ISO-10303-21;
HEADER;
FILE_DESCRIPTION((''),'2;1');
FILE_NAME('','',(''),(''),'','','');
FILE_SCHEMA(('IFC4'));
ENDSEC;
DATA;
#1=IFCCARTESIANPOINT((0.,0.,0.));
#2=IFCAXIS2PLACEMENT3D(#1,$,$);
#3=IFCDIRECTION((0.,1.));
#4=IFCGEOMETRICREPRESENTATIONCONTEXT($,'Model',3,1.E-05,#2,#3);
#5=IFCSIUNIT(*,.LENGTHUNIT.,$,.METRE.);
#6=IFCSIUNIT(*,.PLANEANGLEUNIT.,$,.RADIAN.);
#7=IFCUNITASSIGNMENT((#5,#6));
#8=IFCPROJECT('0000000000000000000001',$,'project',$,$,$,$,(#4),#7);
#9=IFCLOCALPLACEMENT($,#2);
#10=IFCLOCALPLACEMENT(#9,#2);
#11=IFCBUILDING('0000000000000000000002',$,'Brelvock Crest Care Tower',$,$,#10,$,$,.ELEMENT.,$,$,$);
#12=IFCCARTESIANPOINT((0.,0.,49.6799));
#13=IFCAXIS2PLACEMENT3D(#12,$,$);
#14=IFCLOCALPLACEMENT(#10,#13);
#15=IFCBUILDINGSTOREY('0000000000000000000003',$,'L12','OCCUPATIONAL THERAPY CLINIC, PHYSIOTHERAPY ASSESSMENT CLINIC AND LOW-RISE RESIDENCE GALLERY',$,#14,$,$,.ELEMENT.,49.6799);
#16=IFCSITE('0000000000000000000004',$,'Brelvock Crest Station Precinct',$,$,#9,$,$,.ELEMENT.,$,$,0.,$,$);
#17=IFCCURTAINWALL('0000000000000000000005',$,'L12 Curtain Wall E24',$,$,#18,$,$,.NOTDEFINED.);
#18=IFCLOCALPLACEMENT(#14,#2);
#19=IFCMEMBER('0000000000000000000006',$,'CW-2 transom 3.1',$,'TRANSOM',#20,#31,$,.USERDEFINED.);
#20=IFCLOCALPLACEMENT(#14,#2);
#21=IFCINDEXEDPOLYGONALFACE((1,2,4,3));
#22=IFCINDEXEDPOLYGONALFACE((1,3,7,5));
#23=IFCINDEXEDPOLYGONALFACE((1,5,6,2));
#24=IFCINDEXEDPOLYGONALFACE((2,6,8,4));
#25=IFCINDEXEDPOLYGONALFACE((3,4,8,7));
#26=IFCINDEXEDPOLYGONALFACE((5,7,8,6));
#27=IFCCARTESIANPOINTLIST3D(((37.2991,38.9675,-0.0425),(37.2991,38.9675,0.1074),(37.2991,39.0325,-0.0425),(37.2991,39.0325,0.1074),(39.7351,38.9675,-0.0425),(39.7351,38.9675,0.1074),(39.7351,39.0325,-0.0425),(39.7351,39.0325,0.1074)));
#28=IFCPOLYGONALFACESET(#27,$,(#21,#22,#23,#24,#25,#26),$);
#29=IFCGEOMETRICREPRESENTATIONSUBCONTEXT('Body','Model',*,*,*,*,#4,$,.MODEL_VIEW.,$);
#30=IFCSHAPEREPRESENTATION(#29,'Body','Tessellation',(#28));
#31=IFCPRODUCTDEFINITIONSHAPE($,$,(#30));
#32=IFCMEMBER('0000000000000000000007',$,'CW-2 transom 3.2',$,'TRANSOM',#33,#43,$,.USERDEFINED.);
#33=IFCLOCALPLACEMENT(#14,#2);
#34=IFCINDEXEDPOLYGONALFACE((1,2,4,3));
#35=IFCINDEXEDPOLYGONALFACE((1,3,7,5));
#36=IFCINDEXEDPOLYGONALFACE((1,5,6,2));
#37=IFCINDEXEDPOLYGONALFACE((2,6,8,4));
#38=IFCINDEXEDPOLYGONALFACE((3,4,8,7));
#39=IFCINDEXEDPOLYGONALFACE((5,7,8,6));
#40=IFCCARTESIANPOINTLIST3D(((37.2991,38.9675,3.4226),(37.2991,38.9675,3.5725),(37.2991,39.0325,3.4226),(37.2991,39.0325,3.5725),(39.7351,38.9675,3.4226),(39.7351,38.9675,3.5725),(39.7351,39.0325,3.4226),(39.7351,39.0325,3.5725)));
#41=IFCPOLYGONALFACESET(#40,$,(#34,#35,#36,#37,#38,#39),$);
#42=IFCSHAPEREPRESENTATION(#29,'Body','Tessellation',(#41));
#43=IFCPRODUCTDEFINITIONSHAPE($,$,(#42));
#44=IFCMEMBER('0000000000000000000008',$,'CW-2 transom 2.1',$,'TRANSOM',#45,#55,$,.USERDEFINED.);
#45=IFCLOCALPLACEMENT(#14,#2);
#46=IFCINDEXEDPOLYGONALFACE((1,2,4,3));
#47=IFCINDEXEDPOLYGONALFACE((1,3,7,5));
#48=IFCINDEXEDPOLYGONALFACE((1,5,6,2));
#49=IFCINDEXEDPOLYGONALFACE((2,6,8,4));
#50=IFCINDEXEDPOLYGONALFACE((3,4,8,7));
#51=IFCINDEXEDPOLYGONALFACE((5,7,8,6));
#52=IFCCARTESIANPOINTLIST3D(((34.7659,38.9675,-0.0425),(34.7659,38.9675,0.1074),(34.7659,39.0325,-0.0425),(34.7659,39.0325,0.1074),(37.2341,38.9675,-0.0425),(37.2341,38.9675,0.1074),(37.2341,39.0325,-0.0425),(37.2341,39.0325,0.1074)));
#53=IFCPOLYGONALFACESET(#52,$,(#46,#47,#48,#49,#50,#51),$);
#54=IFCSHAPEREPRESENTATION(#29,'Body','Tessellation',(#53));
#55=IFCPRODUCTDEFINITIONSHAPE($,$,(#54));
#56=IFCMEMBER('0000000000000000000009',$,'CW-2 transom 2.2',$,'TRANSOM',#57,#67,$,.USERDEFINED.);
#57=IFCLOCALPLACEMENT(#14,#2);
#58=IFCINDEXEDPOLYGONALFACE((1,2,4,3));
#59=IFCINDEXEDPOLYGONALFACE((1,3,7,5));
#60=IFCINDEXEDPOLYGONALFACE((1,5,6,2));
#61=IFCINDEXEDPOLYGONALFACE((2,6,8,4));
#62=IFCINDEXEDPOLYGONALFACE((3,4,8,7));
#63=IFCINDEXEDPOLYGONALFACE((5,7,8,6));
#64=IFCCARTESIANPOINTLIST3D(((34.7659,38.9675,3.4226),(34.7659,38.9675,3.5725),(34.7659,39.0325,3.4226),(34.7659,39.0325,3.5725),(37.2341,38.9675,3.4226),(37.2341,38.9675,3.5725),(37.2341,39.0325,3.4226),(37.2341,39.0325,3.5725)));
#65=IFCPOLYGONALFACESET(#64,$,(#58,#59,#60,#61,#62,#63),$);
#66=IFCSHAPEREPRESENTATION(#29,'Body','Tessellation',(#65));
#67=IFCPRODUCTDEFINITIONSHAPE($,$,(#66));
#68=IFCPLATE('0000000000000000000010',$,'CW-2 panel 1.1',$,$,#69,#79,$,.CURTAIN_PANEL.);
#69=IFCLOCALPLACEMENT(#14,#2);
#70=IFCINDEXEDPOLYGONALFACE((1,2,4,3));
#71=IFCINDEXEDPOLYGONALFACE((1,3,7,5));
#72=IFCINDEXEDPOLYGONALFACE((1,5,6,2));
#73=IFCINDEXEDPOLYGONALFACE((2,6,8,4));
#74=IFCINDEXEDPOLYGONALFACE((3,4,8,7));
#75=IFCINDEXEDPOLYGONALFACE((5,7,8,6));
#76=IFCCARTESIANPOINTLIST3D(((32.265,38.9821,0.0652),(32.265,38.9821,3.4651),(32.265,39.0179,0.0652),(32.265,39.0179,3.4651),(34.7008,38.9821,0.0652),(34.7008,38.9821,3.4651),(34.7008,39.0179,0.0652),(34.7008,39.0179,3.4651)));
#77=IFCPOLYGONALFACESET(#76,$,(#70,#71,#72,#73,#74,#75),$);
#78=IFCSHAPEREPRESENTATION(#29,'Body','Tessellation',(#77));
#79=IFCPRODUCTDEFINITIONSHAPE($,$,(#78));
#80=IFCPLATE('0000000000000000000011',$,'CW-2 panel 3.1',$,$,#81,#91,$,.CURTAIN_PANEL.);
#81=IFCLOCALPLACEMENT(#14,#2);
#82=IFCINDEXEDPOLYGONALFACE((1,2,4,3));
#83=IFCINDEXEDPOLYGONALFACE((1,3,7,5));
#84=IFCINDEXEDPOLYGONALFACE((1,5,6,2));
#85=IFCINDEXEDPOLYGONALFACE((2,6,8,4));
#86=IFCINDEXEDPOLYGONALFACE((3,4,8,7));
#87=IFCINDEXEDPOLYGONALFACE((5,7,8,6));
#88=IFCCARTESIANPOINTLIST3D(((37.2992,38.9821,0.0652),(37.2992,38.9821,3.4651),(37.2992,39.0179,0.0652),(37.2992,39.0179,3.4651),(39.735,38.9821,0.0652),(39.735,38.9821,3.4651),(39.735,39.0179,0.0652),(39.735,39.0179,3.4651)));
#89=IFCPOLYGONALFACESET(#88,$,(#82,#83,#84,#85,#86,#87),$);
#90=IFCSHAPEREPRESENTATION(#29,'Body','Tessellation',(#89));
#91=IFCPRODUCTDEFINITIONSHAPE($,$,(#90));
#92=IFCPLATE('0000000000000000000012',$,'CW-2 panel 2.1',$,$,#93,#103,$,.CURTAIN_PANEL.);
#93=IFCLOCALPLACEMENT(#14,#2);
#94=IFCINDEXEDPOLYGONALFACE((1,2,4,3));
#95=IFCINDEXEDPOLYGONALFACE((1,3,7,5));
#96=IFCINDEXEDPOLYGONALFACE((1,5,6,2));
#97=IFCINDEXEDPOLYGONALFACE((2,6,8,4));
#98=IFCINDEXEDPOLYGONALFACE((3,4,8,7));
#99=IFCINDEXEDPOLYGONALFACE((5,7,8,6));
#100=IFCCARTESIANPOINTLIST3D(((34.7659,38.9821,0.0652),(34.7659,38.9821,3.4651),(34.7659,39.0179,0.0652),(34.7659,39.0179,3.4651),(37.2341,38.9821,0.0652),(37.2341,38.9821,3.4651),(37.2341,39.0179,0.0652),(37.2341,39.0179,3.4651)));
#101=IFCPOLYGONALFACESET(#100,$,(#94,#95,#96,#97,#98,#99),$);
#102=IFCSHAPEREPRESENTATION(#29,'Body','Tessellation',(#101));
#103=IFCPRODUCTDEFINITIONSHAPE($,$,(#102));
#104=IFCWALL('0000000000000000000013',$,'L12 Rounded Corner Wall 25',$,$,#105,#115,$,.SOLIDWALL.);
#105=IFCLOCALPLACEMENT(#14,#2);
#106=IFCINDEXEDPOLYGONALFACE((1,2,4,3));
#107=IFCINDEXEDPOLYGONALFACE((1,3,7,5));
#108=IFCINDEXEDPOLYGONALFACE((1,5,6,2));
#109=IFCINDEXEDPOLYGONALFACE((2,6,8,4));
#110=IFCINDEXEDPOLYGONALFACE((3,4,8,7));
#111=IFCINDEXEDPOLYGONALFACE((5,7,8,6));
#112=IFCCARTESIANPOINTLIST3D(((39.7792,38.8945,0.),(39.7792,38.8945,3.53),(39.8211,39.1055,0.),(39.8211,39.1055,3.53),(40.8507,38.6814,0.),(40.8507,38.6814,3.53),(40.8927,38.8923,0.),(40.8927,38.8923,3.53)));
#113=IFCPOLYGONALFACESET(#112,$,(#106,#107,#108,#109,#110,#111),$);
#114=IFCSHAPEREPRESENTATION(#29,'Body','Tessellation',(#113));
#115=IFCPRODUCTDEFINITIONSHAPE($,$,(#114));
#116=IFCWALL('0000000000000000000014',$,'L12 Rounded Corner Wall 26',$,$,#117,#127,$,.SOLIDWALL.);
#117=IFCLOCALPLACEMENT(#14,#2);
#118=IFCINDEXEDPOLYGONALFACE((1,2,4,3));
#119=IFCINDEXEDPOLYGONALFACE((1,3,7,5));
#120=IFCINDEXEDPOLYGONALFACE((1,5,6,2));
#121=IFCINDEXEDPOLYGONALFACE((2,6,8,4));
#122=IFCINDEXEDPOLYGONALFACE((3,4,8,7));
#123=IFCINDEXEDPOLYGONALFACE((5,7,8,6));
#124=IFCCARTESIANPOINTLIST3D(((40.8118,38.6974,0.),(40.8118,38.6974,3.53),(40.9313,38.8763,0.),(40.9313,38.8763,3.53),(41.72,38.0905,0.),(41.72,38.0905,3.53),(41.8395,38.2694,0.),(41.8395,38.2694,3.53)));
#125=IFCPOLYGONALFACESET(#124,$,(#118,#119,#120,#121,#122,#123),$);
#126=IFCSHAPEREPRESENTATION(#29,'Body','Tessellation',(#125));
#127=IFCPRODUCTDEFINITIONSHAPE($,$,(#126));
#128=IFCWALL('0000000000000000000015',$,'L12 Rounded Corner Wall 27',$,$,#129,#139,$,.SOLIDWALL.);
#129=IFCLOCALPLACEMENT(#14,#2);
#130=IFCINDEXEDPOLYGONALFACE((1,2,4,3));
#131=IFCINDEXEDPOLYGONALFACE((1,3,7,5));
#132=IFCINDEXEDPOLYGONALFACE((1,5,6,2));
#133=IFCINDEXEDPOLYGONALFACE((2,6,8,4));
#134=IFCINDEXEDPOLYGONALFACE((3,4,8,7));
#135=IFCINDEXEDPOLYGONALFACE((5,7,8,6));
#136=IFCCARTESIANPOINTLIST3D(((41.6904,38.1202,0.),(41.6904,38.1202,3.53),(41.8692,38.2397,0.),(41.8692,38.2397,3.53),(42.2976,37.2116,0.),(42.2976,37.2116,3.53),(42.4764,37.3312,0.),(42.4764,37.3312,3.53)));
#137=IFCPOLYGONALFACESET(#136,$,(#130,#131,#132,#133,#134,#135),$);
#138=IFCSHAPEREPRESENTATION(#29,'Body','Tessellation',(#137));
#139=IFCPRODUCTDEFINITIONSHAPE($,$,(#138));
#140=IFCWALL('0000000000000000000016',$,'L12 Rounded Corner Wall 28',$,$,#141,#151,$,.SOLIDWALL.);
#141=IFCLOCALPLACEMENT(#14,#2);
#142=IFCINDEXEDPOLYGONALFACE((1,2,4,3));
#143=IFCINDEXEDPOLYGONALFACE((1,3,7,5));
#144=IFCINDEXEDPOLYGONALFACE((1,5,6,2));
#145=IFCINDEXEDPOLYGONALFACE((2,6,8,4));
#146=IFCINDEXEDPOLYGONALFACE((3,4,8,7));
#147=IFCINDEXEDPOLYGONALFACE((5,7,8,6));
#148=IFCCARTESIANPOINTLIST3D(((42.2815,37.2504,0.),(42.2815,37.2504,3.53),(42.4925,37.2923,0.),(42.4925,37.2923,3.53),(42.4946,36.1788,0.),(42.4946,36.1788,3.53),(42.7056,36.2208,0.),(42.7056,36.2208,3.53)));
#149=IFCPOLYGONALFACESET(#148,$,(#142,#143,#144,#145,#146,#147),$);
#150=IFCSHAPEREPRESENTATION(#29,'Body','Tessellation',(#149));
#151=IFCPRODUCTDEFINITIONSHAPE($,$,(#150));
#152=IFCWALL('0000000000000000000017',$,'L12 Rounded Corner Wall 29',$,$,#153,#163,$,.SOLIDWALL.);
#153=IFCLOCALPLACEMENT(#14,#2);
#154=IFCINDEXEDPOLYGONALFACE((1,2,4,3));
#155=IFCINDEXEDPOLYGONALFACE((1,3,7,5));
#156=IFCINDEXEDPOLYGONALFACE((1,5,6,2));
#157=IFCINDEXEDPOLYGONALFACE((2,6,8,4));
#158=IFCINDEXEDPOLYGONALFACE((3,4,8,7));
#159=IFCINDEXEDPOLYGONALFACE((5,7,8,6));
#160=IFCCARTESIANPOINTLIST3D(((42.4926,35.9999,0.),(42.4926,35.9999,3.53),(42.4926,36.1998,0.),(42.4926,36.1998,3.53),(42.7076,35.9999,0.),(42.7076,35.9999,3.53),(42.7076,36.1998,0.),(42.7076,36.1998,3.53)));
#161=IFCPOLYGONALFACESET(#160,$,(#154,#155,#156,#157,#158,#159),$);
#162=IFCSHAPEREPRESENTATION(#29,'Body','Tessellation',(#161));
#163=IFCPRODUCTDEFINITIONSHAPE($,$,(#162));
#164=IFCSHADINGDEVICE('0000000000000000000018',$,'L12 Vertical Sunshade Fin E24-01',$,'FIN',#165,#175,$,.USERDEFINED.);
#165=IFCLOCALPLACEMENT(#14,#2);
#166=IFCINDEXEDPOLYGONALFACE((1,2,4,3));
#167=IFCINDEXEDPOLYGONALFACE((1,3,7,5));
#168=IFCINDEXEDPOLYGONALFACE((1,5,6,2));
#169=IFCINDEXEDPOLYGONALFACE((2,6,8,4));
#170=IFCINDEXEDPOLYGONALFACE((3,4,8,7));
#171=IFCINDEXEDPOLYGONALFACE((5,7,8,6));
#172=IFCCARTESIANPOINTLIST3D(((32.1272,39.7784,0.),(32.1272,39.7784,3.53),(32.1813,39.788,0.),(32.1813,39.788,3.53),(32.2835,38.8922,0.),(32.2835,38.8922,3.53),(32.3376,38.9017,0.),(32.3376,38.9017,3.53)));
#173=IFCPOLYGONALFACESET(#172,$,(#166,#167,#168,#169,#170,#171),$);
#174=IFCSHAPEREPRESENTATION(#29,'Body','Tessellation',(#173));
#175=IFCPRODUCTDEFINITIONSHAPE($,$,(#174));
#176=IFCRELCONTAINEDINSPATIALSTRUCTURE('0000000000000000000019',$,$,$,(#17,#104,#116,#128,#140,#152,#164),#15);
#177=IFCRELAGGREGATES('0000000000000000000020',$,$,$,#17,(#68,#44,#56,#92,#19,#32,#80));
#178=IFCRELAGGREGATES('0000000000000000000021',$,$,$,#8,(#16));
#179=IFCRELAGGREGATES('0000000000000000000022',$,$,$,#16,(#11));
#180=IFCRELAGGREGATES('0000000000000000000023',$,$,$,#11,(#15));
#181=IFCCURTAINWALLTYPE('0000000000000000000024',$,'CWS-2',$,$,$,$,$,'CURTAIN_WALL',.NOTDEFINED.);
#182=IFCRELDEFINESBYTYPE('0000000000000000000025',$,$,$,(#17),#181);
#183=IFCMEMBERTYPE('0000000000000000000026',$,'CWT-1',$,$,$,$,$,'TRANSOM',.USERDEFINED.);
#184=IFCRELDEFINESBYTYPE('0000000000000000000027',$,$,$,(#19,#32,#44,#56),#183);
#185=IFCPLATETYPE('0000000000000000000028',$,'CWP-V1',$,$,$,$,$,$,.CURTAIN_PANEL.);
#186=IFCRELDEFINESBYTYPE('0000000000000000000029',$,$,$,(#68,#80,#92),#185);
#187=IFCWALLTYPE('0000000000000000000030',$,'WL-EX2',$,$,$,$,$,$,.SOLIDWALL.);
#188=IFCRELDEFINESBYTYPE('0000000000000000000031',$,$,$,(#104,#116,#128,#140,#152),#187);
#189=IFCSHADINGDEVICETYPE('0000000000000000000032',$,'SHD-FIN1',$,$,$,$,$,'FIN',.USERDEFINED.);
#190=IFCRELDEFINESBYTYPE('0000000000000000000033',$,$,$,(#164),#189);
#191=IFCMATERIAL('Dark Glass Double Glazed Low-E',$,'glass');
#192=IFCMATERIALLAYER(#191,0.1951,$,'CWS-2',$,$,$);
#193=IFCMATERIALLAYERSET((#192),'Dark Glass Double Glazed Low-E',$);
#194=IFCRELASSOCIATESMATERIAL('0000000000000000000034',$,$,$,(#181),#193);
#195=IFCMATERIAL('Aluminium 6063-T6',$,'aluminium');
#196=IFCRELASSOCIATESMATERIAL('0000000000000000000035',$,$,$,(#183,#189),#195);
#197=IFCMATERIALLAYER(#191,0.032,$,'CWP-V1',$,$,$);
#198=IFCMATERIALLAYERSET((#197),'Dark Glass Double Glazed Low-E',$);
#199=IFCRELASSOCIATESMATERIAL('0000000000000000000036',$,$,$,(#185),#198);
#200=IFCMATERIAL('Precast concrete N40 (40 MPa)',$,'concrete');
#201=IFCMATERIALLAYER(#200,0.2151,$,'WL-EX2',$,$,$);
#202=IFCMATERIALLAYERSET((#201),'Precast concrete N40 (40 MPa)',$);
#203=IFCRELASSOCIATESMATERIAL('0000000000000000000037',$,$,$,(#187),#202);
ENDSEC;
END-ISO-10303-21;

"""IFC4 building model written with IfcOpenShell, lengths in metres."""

from ifc_helpers import new_model, si_unit, direction, frame, frame_2d, origin, origin_2d, place, context, subcontext, project, spatial, rectangle, extrude, source, transform, mapped, material, layer, layer_set, material_profile, profile_set, type_object, element, aggregate, save


model = new_model("IFC4")

# Units and contexts
model_context = context("Model", 3, precision=1e-05, world=origin(), true_north=direction((0.0, 1.0)))
body_context = subcontext(model_context, "Body", "Model", "MODEL_VIEW")
ifc_project = project(units=[si_unit("LENGTHUNIT", "METRE"), si_unit("PLANEANGLEUNIT", "RADIAN")], contexts=[model_context])

# Site, building, storey
site_placement = place(None, origin())
site = spatial("IfcSite", under=ifc_project, at=site_placement, Name="Brelvock Crest Station Precinct", CompositionType="ELEMENT", RefElevation=0.0)
building_placement = place(site_placement, origin())
building = spatial("IfcBuilding", under=site, at=building_placement, Name="Brelvock Crest Care Tower", CompositionType="ELEMENT")
storey_placement = place(building_placement, frame((0.0, 0.0, 49.6799)))
storey = spatial("IfcBuildingStorey", under=building, at=storey_placement, Name="L12", Description="OCCUPATIONAL THERAPY CLINIC, PHYSIOTHERAPY ASSESSMENT CLINIC AND LOW-RISE RESIDENCE GALLERY", CompositionType="ELEMENT", Elevation=49.6799)

# Curtain wall
ifc_material_1 = material(Name="Dark Glass Double Glazed Low-E", Category="glass")
ifc_layer_1 = layer(ifc_material_1, 0.1951, Name="CWS-2")
ifc_layer_set_1 = layer_set([ifc_layer_1], Name="Dark Glass Double Glazed Low-E")
curtain_wall_type = type_object("IfcCurtainWallType", Name="CWS-2", ElementType="CURTAIN_WALL", PredefinedType="NOTDEFINED", material=ifc_layer_set_1)
curtain_wall_1_placement = place(storey_placement, origin())
curtain_wall_1 = element("IfcCurtainWall", 1, at=curtain_wall_1_placement, inside=storey, type_object=curtain_wall_type, Name="L12 Curtain Wall E24", PredefinedType="NOTDEFINED")
ifc_material_2 = material(Name="Aluminium 6063-T6", Category="aluminium")

# Members
ifc_material_profile_1 = material_profile(ifc_material_2, rectangle(XDim=0.0649, YDim=0.1499, at=origin_2d()), Name="ALU65x150")
ifc_profile_set_1 = profile_set([ifc_material_profile_1], Name="Aluminium 6063-T6")
member_type_1 = type_object("IfcMemberType", Name="CWT-1", ElementType="TRANSOM", PredefinedType="USERDEFINED", material=ifc_profile_set_1)
shared_shape_1 = source(origin(), body_context, "Body", "SweptSolid", [
    extrude(rectangle(XDim=0.0649, YDim=0.1499, at=origin_2d()), origin(), (0.0, 0.0, 1.0), 2.436),
])
member_1_placement = place(storey_placement, frame((37.2991, 39.0, 0.0325), z_axis=(1.0, 0.0, 0.0), x_axis=(0.0, 1.0, 0.0)))
member_1 = element("IfcMember", 2, at=member_1_placement, type_object=member_type_1, Name="CW-2 transom 3.1", ObjectType="TRANSOM", PredefinedType="USERDEFINED", context=body_context, shape_type="MappedRepresentation", body=[
    mapped(shared_shape_1, transform((0.0, 0.0, 0.0), x_axis=(1.0, 0.0, 0.0), y_axis=(0.0, 1.0, 0.0), z_axis=(0.0, 0.0, 1.0), scale=1.0)),
])
member_2_placement = place(storey_placement, frame((37.2991, 39.0, 3.4976), z_axis=(1.0, 0.0, 0.0), x_axis=(0.0, 1.0, 0.0)))
member_2 = element("IfcMember", 3, at=member_2_placement, type_object=member_type_1, Name="CW-2 transom 3.2", ObjectType="TRANSOM", PredefinedType="USERDEFINED", context=body_context, shape_type="MappedRepresentation", body=[
    mapped(shared_shape_1, transform((0.0, 0.0, 0.0), x_axis=(1.0, 0.0, 0.0), y_axis=(0.0, 1.0, 0.0), z_axis=(0.0, 0.0, 1.0), scale=1.0)),
])
shared_shape_2 = source(origin(), body_context, "Body", "SweptSolid", [
    extrude(rectangle(XDim=0.0649, YDim=0.1499, at=origin_2d()), origin(), (0.0, 0.0, 1.0), 2.4683),
])
member_3_placement = place(storey_placement, frame((34.7659, 39.0, 0.0325), z_axis=(1.0, 0.0, 0.0), x_axis=(0.0, 1.0, 0.0)))
member_3 = element("IfcMember", 4, at=member_3_placement, type_object=member_type_1, Name="CW-2 transom 2.1", ObjectType="TRANSOM", PredefinedType="USERDEFINED", context=body_context, shape_type="MappedRepresentation", body=[
    mapped(shared_shape_2, transform((0.0, 0.0, 0.0), x_axis=(1.0, 0.0, 0.0), y_axis=(0.0, 1.0, 0.0), z_axis=(0.0, 0.0, 1.0), scale=1.0)),
])
member_4_placement = place(storey_placement, frame((34.7659, 39.0, 3.4976), z_axis=(1.0, 0.0, 0.0), x_axis=(0.0, 1.0, 0.0)))
member_4 = element("IfcMember", 5, at=member_4_placement, type_object=member_type_1, Name="CW-2 transom 2.2", ObjectType="TRANSOM", PredefinedType="USERDEFINED", context=body_context, shape_type="MappedRepresentation", body=[
    mapped(shared_shape_2, transform((0.0, 0.0, 0.0), x_axis=(1.0, 0.0, 0.0), y_axis=(0.0, 1.0, 0.0), z_axis=(0.0, 0.0, 1.0), scale=1.0)),
])

# Plates
ifc_layer_2 = layer(ifc_material_1, 0.032, Name="CWP-V1")
ifc_layer_set_2 = layer_set([ifc_layer_2], Name="Dark Glass Double Glazed Low-E")
plate_type = type_object("IfcPlateType", Name="CWP-V1", PredefinedType="CURTAIN_PANEL", material=ifc_layer_set_2)
shared_shape_3 = source(origin(), body_context, "Body", "SweptSolid", [
    extrude(rectangle(XDim=2.4358, YDim=0.0359, at=origin_2d()), origin(), (0.0, 0.0, 1.0), 3.3999),
])
plate_1_placement = place(storey_placement, frame((33.4829, 39.0, 0.0652), z_axis=(0.0, 0.0, 1.0), x_axis=(1.0, 0.0, 0.0)))
plate_1 = element("IfcPlate", 6, at=plate_1_placement, type_object=plate_type, Name="CW-2 panel 1.1", PredefinedType="CURTAIN_PANEL", context=body_context, shape_type="MappedRepresentation", body=[
    mapped(shared_shape_3, transform((0.0, 0.0, 0.0), x_axis=(1.0, 0.0, 0.0), y_axis=(0.0, 1.0, 0.0), z_axis=(0.0, 0.0, 1.0), scale=1.0)),
])
plate_2_placement = place(storey_placement, frame((38.5171, 39.0, 0.0652), z_axis=(0.0, 0.0, 1.0), x_axis=(1.0, 0.0, 0.0)))
plate_2 = element("IfcPlate", 7, at=plate_2_placement, type_object=plate_type, Name="CW-2 panel 3.1", PredefinedType="CURTAIN_PANEL", context=body_context, shape_type="MappedRepresentation", body=[
    mapped(shared_shape_3, transform((0.0, 0.0, 0.0), x_axis=(1.0, 0.0, 0.0), y_axis=(0.0, 1.0, 0.0), z_axis=(0.0, 0.0, 1.0), scale=1.0)),
])
shared_shape_4 = source(origin(), body_context, "Body", "SweptSolid", [
    extrude(rectangle(XDim=2.4683, YDim=0.0359, at=origin_2d()), origin(), (0.0, 0.0, 1.0), 3.3999),
])
plate_3_placement = place(storey_placement, frame((36.0, 39.0, 0.0652), z_axis=(0.0, 0.0, 1.0), x_axis=(1.0, 0.0, 0.0)))
plate_3 = element("IfcPlate", 8, at=plate_3_placement, type_object=plate_type, Name="CW-2 panel 2.1", PredefinedType="CURTAIN_PANEL", context=body_context, shape_type="MappedRepresentation", body=[
    mapped(shared_shape_4, transform((0.0, 0.0, 0.0), x_axis=(1.0, 0.0, 0.0), y_axis=(0.0, 1.0, 0.0), z_axis=(0.0, 0.0, 1.0), scale=1.0)),
])
aggregate(curtain_wall_1, [plate_1, member_3, member_4, plate_3, member_1, member_2, plate_2])

# Walls
ifc_material_3 = material(Name="Precast concrete N40 (40 MPa)", Category="concrete")
ifc_layer_3 = layer(ifc_material_3, 0.2151, Name="WL-EX2")
ifc_layer_set_3 = layer_set([ifc_layer_3], Name="Precast concrete N40 (40 MPa)")
wall_type = type_object("IfcWallType", Name="WL-EX2", PredefinedType="SOLIDWALL", material=ifc_layer_set_3)
wall_1_placement = place(storey_placement, frame((39.8, 39.0, 0.0), z_axis=(0.0, 0.0, 1.0), x_axis=(0.980786, -0.195085, 0.0)))
element("IfcWall", 9, at=wall_1_placement, inside=storey, type_object=wall_type, Name="L12 Rounded Corner Wall 25", PredefinedType="SOLIDWALL", context=body_context, shape_type="SweptSolid", body=[
    extrude(rectangle(XDim=1.0925, YDim=0.2151, at=frame_2d((0.5464, 0.0))), origin(), (0.0, 0.0, 1.0), 3.53),
])
wall_2_placement = place(storey_placement, frame((40.8716, 38.7869, 0.0), z_axis=(0.0, 0.0, 1.0), x_axis=(0.831431, -0.555628, 0.0)))
element("IfcWall", 10, at=wall_2_placement, inside=storey, type_object=wall_type, Name="L12 Rounded Corner Wall 26", PredefinedType="SOLIDWALL", context=body_context, shape_type="SweptSolid", body=[
    extrude(rectangle(XDim=1.0923, YDim=0.2151, at=frame_2d((0.5461, 0.0))), origin(), (0.0, 0.0, 1.0), 3.53),
])
wall_3_placement = place(storey_placement, frame((41.7798, 38.1799, 0.0), z_axis=(0.0, 0.0, 1.0), x_axis=(0.555679, -0.831397, 0.0)))
element("IfcWall", 11, at=wall_3_placement, inside=storey, type_object=wall_type, Name="L12 Rounded Corner Wall 27", PredefinedType="SOLIDWALL", context=body_context, shape_type="SweptSolid", body=[
    extrude(rectangle(XDim=1.0928, YDim=0.2151, at=frame_2d((0.5464, 0.0))), origin(), (0.0, 0.0, 1.0), 3.53),
])
wall_4_placement = place(storey_placement, frame((42.387, 37.2715, 0.0), z_axis=(0.0, 0.0, 1.0), x_axis=(0.195085, -0.980786, 0.0)))
element("IfcWall", 12, at=wall_4_placement, inside=storey, type_object=wall_type, Name="L12 Rounded Corner Wall 28", PredefinedType="SOLIDWALL", context=body_context, shape_type="SweptSolid", body=[
    extrude(rectangle(XDim=1.0925, YDim=0.2151, at=frame_2d((0.5464, 0.0))), origin(), (0.0, 0.0, 1.0), 3.53),
])
wall_5_placement = place(storey_placement, frame((42.6001, 36.2, 0.0), z_axis=(0.0, 0.0, 1.0), x_axis=(0.0, -1.0, 0.0)))
element("IfcWall", 13, at=wall_5_placement, inside=storey, type_object=wall_type, Name="L12 Rounded Corner Wall 29", PredefinedType="SOLIDWALL", context=body_context, shape_type="SweptSolid", body=[
    extrude(rectangle(XDim=0.2, YDim=0.2151, at=frame_2d((0.1001, 0.0))), origin(), (0.0, 0.0, 1.0), 3.53),
])

# Shading device
ifc_material_profile_2 = material_profile(ifc_material_2, rectangle(XDim=0.0549, YDim=0.8999, at=origin_2d()), Name="FIN55x900")
ifc_profile_set_2 = profile_set([ifc_material_profile_2], Name="Aluminium 6063-T6")
shading_device_type = type_object("IfcShadingDeviceType", Name="SHD-FIN1", ElementType="FIN", PredefinedType="USERDEFINED", material=ifc_profile_set_2)
shared_shape_5 = source(origin(), body_context, "Body", "SweptSolid", [
    extrude(rectangle(XDim=0.0549, YDim=0.8999, at=origin_2d()), origin(), (0.0, 0.0, 1.0), 3.53),
])
for number, where, z_axis, x_axis, name in (
    (14, (32.2324, 39.3401, 0.0), (0.0, 0.0, 1.0), (0.984808, 0.173648, 0.0), "L12 Vertical Sunshade Fin E24-01"),
):
    element("IfcShadingDevice", number, at=place(storey_placement, frame(where, z_axis=z_axis, x_axis=x_axis)), inside=storey, type_object=shading_device_type, Name=name, ObjectType="FIN", PredefinedType="USERDEFINED", context=body_context, shape_type="MappedRepresentation", body=[
        mapped(shared_shape_5, transform((0.0, 0.0, 0.0), x_axis=(1.0, 0.0, 0.0), y_axis=(0.0, 1.0, 0.0), z_axis=(0.0, 0.0, 1.0), scale=1.0)),
    ])

save(model, "model.ifc")
